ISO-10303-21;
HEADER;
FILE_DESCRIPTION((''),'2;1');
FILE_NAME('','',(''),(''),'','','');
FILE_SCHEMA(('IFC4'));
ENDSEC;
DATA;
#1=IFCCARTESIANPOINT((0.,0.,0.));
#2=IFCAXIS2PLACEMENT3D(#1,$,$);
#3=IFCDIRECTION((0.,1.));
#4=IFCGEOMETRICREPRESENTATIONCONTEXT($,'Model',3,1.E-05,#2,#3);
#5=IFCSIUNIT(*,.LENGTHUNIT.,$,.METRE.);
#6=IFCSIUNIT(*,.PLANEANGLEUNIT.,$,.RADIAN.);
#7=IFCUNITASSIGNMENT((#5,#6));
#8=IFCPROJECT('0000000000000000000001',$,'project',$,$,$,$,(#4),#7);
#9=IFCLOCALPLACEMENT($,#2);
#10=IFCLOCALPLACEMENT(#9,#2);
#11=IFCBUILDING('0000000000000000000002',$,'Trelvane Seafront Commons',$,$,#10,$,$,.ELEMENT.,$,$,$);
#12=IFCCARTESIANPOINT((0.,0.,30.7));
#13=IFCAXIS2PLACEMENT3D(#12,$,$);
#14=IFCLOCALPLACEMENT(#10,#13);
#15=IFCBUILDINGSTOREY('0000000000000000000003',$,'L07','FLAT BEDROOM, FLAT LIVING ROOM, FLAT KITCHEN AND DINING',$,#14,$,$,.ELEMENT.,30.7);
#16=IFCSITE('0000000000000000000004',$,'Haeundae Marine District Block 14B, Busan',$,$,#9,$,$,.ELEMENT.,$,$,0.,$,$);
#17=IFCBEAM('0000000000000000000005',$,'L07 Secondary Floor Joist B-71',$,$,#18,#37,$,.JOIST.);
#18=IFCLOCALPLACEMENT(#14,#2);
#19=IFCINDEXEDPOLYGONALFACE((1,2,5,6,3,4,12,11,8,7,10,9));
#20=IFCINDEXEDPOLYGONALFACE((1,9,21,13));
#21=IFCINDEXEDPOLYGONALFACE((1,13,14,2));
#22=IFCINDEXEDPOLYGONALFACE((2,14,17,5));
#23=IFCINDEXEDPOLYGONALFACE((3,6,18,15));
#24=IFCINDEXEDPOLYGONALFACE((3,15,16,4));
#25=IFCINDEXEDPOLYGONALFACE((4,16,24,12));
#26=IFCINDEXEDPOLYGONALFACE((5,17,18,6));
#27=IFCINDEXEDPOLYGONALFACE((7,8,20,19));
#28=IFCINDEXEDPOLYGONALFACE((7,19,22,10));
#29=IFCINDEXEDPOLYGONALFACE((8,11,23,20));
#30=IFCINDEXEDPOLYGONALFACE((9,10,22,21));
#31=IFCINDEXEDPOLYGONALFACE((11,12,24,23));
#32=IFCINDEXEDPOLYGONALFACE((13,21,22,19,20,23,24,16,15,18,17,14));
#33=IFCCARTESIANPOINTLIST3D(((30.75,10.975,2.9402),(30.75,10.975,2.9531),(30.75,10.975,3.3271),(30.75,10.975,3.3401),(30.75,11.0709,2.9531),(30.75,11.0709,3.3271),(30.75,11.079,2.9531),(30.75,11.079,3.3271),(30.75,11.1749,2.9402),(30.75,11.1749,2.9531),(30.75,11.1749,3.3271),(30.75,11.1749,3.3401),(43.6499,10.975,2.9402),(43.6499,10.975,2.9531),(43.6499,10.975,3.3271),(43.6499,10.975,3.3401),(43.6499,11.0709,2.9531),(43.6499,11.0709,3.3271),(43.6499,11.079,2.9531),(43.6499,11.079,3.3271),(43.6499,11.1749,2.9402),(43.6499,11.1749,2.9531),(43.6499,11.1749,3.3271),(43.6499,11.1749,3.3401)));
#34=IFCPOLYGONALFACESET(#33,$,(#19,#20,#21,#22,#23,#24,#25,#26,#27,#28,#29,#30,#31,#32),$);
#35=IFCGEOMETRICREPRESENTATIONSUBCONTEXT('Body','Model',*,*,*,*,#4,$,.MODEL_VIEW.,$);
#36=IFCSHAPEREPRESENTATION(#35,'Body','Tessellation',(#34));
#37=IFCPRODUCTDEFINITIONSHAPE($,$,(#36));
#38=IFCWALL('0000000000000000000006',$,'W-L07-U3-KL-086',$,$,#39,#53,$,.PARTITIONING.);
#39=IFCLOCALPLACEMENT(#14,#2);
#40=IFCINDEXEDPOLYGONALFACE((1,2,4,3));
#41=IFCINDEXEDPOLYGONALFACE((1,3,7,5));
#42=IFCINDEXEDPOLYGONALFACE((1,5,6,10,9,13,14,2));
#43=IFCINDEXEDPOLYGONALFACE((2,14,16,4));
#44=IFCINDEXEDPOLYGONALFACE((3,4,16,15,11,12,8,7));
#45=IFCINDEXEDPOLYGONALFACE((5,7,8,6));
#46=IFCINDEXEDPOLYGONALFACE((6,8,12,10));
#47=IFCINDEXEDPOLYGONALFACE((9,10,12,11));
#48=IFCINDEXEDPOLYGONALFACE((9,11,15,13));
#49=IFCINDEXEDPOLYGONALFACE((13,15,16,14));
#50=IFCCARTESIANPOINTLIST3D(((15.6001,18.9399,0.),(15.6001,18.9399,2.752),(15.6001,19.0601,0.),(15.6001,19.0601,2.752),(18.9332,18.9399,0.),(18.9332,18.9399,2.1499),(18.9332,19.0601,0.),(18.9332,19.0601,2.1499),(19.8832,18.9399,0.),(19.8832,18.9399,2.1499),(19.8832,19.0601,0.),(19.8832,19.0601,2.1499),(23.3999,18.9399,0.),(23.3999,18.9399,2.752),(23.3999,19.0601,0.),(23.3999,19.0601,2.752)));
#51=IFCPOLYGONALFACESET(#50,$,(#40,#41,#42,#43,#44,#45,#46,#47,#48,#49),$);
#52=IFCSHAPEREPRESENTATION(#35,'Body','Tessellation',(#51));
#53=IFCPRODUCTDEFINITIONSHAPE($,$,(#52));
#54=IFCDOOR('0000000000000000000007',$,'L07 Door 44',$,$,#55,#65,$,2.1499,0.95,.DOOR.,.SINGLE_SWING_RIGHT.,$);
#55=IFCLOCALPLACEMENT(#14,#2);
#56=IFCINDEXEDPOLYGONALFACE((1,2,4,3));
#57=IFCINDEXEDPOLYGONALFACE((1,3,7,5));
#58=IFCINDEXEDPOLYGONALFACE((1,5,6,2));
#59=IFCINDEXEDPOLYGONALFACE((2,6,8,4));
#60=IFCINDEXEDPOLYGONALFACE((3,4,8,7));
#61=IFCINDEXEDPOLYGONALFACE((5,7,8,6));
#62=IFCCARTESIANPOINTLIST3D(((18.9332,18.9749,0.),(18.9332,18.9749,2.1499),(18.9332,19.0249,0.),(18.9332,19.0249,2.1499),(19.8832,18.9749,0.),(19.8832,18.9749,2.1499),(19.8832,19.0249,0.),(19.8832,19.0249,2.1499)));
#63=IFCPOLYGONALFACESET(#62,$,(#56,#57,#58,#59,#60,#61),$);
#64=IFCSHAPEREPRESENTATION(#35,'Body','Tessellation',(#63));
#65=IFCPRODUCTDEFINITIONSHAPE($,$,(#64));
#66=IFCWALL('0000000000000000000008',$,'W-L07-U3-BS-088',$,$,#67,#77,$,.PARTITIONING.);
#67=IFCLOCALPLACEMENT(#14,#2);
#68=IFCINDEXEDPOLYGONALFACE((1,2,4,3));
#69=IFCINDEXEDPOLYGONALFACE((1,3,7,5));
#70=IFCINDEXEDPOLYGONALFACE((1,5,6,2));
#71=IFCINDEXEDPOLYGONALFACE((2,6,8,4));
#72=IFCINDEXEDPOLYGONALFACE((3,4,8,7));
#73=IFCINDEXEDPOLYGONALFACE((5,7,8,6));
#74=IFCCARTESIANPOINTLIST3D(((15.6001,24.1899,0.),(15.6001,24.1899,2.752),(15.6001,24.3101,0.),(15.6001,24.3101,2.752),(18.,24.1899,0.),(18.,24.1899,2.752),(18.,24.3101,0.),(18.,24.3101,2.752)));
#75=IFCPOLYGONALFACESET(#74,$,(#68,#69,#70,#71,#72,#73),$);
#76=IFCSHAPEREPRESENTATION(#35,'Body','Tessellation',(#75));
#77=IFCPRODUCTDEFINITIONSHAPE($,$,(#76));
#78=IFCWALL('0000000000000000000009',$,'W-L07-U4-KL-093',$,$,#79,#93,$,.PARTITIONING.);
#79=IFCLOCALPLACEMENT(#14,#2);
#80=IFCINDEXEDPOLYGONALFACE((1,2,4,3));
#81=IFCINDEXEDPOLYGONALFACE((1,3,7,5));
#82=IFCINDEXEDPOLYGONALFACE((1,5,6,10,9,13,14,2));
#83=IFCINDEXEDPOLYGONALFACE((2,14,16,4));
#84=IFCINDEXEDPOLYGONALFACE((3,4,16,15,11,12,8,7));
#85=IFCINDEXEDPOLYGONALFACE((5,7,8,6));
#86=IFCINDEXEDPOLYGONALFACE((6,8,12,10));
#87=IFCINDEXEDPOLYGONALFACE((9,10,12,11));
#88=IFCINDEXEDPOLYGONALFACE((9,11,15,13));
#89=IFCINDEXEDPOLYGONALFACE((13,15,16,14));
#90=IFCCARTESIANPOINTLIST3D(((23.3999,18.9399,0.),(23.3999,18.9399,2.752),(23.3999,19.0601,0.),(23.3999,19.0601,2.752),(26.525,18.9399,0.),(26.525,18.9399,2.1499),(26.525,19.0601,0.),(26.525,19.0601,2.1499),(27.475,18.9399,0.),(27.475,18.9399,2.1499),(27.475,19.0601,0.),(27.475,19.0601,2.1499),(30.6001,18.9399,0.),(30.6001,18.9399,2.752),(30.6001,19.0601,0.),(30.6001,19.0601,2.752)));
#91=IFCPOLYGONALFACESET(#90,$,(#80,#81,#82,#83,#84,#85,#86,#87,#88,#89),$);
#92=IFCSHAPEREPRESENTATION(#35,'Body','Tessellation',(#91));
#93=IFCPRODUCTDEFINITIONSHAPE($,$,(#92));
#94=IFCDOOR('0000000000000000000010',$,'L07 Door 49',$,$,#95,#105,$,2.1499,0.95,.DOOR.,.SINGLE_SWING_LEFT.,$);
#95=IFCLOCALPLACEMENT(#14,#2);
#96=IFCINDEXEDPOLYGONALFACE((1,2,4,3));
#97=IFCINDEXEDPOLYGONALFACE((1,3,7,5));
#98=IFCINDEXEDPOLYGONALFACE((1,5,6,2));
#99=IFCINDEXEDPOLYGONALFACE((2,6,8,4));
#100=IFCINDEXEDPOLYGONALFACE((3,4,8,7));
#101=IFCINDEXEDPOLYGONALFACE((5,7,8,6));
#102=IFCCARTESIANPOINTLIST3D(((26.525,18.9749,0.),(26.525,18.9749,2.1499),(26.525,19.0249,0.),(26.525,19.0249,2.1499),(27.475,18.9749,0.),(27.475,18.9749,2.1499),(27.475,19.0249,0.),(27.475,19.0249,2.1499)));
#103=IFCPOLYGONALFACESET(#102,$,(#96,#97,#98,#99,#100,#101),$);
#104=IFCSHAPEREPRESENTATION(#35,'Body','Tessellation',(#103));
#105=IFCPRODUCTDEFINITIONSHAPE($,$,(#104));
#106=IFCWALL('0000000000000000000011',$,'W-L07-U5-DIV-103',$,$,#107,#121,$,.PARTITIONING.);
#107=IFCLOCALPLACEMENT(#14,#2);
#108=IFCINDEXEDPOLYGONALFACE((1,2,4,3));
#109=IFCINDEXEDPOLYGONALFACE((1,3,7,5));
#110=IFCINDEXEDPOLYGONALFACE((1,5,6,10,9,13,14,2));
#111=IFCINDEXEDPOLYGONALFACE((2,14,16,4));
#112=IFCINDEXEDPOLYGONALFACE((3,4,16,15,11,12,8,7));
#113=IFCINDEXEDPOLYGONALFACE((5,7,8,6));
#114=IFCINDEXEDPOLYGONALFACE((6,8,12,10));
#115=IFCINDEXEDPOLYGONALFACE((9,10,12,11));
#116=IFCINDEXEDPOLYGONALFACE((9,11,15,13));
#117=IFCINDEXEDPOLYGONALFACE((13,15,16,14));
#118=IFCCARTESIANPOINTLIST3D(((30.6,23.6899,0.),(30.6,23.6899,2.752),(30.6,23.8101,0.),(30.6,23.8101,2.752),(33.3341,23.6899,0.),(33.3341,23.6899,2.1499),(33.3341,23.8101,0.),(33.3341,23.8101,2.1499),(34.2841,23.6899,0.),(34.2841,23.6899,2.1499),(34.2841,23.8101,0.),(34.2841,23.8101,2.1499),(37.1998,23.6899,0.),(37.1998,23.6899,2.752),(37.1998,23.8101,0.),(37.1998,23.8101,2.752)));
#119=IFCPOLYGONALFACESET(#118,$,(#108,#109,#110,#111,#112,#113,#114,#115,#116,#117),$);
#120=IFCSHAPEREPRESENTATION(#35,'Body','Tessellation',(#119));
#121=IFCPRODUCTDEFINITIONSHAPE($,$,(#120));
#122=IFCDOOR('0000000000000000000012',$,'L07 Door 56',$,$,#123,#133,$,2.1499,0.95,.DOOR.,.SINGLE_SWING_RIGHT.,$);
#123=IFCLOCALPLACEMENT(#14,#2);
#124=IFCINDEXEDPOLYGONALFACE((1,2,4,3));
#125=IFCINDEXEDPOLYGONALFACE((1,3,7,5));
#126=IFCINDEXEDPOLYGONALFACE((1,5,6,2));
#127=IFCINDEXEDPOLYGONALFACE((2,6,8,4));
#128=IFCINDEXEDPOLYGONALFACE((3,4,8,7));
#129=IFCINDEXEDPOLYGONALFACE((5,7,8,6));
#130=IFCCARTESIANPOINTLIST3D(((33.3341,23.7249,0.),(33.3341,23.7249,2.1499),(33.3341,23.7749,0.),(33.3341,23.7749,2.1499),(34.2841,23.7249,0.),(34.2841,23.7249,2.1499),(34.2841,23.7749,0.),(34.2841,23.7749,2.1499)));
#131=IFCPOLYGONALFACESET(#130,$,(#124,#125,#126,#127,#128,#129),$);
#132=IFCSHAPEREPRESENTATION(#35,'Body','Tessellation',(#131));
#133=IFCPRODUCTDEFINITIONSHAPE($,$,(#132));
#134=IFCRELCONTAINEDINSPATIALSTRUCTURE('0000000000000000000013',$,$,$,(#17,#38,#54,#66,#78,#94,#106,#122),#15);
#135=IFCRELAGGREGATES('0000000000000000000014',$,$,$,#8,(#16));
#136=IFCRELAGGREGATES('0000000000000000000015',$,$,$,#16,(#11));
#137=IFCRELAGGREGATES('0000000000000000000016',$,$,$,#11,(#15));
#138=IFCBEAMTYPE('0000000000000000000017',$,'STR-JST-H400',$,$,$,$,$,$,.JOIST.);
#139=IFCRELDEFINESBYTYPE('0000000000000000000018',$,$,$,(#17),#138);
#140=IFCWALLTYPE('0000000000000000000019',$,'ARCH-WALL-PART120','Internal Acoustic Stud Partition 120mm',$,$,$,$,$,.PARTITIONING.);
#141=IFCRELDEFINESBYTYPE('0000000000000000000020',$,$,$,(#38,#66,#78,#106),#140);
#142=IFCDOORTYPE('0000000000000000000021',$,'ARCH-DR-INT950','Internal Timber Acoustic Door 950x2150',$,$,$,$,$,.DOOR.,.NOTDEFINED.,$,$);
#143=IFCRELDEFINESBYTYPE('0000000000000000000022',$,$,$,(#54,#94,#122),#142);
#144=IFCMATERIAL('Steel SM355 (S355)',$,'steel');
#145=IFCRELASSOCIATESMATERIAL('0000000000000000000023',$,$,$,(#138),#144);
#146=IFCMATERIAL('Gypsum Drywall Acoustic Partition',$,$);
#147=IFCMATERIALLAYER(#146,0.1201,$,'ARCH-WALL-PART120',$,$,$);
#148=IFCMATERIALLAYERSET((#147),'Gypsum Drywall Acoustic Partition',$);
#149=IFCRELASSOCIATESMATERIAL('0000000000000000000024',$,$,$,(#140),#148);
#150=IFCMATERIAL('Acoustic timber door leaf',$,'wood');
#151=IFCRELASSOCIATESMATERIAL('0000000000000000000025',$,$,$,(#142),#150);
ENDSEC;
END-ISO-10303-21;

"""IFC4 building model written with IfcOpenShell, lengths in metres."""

from ifc_helpers import new_model, si_unit, direction, frame, frame_2d, origin, origin_2d, place, context, subcontext, project, spatial, rectangle, i_section, extrude, source, transform, mapped, material, layer, layer_set, material_profile, profile_set, type_object, element, fill, save


model = new_model("IFC4")

# Units and contexts
model_context = context("Model", 3, precision=1e-05, world=origin(), true_north=direction((0.0, 1.0)))
body_context = subcontext(model_context, "Body", "Model", "MODEL_VIEW")
ifc_project = project(units=[si_unit("LENGTHUNIT", "METRE"), si_unit("PLANEANGLEUNIT", "RADIAN")], contexts=[model_context])

# Site, building, storey
site_placement = place(None, origin())
site = spatial("IfcSite", under=ifc_project, at=site_placement, Name="Haeundae Marine District Block 14B, Busan", CompositionType="ELEMENT", RefElevation=0.0)
building_placement = place(site_placement, origin())
building = spatial("IfcBuilding", under=site, at=building_placement, Name="Trelvane Seafront Commons", CompositionType="ELEMENT")
storey_placement = place(building_placement, frame((0.0, 0.0, 30.7)))
storey = spatial("IfcBuildingStorey", under=building, at=storey_placement, Name="L07", Description="FLAT BEDROOM, FLAT LIVING ROOM, FLAT KITCHEN AND DINING", CompositionType="ELEMENT", Elevation=30.7)

# Shared definitions
ifc_material_1 = material(Name="Steel SM355 (S355)", Category="steel")

# Beam
ifc_material_profile_1 = material_profile(ifc_material_1, i_section(OverallWidth=0.2, OverallDepth=0.3999, WebThickness=0.0081, FlangeThickness=0.0129, at=origin_2d()), Name="H-400x200x8x13")
ifc_profile_set_1 = profile_set([ifc_material_profile_1], Name="Steel SM355 (S355)")
beam_type_1 = type_object("IfcBeamType", Name="STR-JST-H400", PredefinedType="JOIST", material=ifc_profile_set_1)
shared_shape_1 = source(origin(), body_context, "Body", "SweptSolid", [
    extrude(i_section(OverallWidth=0.2, OverallDepth=0.3999, WebThickness=0.0081, FlangeThickness=0.0129, at=origin_2d()), origin(), (0.0, 0.0, 1.0), 12.8999),
])
beam_1_placement = place(storey_placement, frame((30.75, 11.075, 3.1401), z_axis=(1.0, 0.0, 0.0), x_axis=(0.0, 1.0, 0.0)))
element("IfcBeam", 1, at=beam_1_placement, inside=storey, type_object=beam_type_1, Name="L07 Secondary Floor Joist B-71", PredefinedType="JOIST", context=body_context, shape_type="MappedRepresentation", body=[
    mapped(shared_shape_1, transform((0.0, 0.0, 0.0), x_axis=(1.0, 0.0, 0.0), y_axis=(0.0, 1.0, 0.0), z_axis=(0.0, 0.0, 1.0), scale=1.0)),
])

# Wall, opening, door
ifc_material_2 = material(Name="Gypsum Drywall Acoustic Partition")
ifc_layer = layer(ifc_material_2, 0.1201, Name="ARCH-WALL-PART120")
ifc_layer_set = layer_set([ifc_layer], Name="Gypsum Drywall Acoustic Partition")
wall_type = type_object("IfcWallType", Name="ARCH-WALL-PART120", Description="Internal Acoustic Stud Partition 120mm", PredefinedType="PARTITIONING", material=ifc_layer_set)
wall_1_placement = place(storey_placement, frame((15.6001, 19.0, 0.0), z_axis=(0.0, 0.0, 1.0), x_axis=(1.0, 0.0, 0.0)))
wall_1 = element("IfcWall", 2, at=wall_1_placement, inside=storey, type_object=wall_type, Name="W-L07-U3-KL-086", PredefinedType="PARTITIONING", context=body_context, shape_type="SweptSolid", body=[
    extrude(rectangle(XDim=7.7998, YDim=0.1201, at=frame_2d((3.8999, 0.0))), origin(), (0.0, 0.0, 1.0), 2.752),
])
opening_1_placement = place(wall_1_placement, frame((3.333, 0.0, 0.0)))
opening_1 = element("IfcOpeningElement", 3, at=opening_1_placement, cuts=wall_1, PredefinedType="OPENING", context=body_context, shape_type="SweptSolid", body=[
    extrude(rectangle(XDim=0.95, YDim=2.1499, at=frame_2d((0.4751, 1.075))), frame((0.0, 0.0701, 0.0), z_axis=(0.0, -1.0, 0.0), x_axis=(1.0, 0.0, 0.0)), (0.0, 0.0, 1.0), 0.1401),
])
ifc_material_3 = material(Name="Acoustic timber door leaf", Category="wood")
door_type = type_object("IfcDoorType", Name="ARCH-DR-INT950", Description="Internal Timber Acoustic Door 950x2150", OperationType="NOTDEFINED", PredefinedType="DOOR", material=ifc_material_3)
shared_shape_2 = source(origin(), body_context, "Body", "SweptSolid", [
    extrude(rectangle(XDim=0.95, YDim=2.1499, at=frame_2d((0.4751, 1.075))), frame((0.0, 0.0249, 0.0), z_axis=(0.0, -1.0, 0.0), x_axis=(1.0, 0.0, 0.0)), (0.0, 0.0, 1.0), 0.05),
])
door_1_placement = place(opening_1_placement, origin())
door_1 = element("IfcDoor", 4, at=door_1_placement, inside=storey, type_object=door_type, Name="L07 Door 44", OperationType="SINGLE_SWING_RIGHT", OverallHeight=2.1499, OverallWidth=0.95, PredefinedType="DOOR", context=body_context, shape_type="MappedRepresentation", body=[
    mapped(shared_shape_2, transform((0.0, 0.0, 0.0), x_axis=(1.0, 0.0, 0.0), y_axis=(0.0, 1.0, 0.0), z_axis=(0.0, 0.0, 1.0), scale=1.0)),
])
fill(opening_1, door_1)

# Wall
wall_2_placement = place(storey_placement, frame((15.6001, 24.25, 0.0), z_axis=(0.0, 0.0, 1.0), x_axis=(1.0, 0.0, 0.0)))
element("IfcWall", 5, at=wall_2_placement, inside=storey, type_object=wall_type, Name="W-L07-U3-BS-088", PredefinedType="PARTITIONING", context=body_context, shape_type="SweptSolid", body=[
    extrude(rectangle(XDim=2.3999, YDim=0.1201, at=frame_2d((1.2, 0.0))), origin(), (0.0, 0.0, 1.0), 2.752),
])

# Walls, openings, doors
wall_3_placement = place(storey_placement, frame((23.3999, 19.0, 0.0), z_axis=(0.0, 0.0, 1.0), x_axis=(1.0, 0.0, 0.0)))
wall_3 = element("IfcWall", 6, at=wall_3_placement, inside=storey, type_object=wall_type, Name="W-L07-U4-KL-093", PredefinedType="PARTITIONING", context=body_context, shape_type="SweptSolid", body=[
    extrude(rectangle(XDim=7.2002, YDim=0.1201, at=frame_2d((3.6001, 0.0))), origin(), (0.0, 0.0, 1.0), 2.752),
])
opening_2_placement = place(wall_3_placement, frame((3.125, 0.0, 0.0)))
opening_2 = element("IfcOpeningElement", 7, at=opening_2_placement, cuts=wall_3, PredefinedType="OPENING", context=body_context, shape_type="SweptSolid", body=[
    extrude(rectangle(XDim=0.95, YDim=2.1499, at=frame_2d((0.4751, 1.075))), frame((0.0, 0.0701, 0.0), z_axis=(0.0, -1.0, 0.0), x_axis=(1.0, 0.0, 0.0)), (0.0, 0.0, 1.0), 0.1401),
])
door_2_placement = place(opening_2_placement, origin())
door_2 = element("IfcDoor", 8, at=door_2_placement, inside=storey, type_object=door_type, Name="L07 Door 49", OperationType="SINGLE_SWING_LEFT", OverallHeight=2.1499, OverallWidth=0.95, PredefinedType="DOOR", context=body_context, shape_type="MappedRepresentation", body=[
    mapped(shared_shape_2, transform((0.0, 0.0, 0.0), x_axis=(1.0, 0.0, 0.0), y_axis=(0.0, 1.0, 0.0), z_axis=(0.0, 0.0, 1.0), scale=1.0)),
])
fill(opening_2, door_2)
wall_4_placement = place(storey_placement, frame((30.6001, 23.75, 0.0), z_axis=(0.0, 0.0, 1.0), x_axis=(1.0, 0.0, 0.0)))
wall_4 = element("IfcWall", 9, at=wall_4_placement, inside=storey, type_object=wall_type, Name="W-L07-U5-DIV-103", PredefinedType="PARTITIONING", context=body_context, shape_type="SweptSolid", body=[
    extrude(rectangle(XDim=6.5999, YDim=0.1201, at=frame_2d((3.2998, 0.0))), origin(), (0.0, 0.0, 1.0), 2.752),
])
opening_3_placement = place(wall_4_placement, frame((2.7339, 0.0, 0.0)))
opening_3 = element("IfcOpeningElement", 10, at=opening_3_placement, cuts=wall_4, PredefinedType="OPENING", context=body_context, shape_type="SweptSolid", body=[
    extrude(rectangle(XDim=0.95, YDim=2.1499, at=frame_2d((0.4751, 1.075))), frame((0.0, 0.0701, 0.0), z_axis=(0.0, -1.0, 0.0), x_axis=(1.0, 0.0, 0.0)), (0.0, 0.0, 1.0), 0.1401),
])
door_3_placement = place(opening_3_placement, origin())
door_3 = element("IfcDoor", 11, at=door_3_placement, inside=storey, type_object=door_type, Name="L07 Door 56", OperationType="SINGLE_SWING_RIGHT", OverallHeight=2.1499, OverallWidth=0.95, PredefinedType="DOOR", context=body_context, shape_type="MappedRepresentation", body=[
    mapped(shared_shape_2, transform((0.0, 0.0, 0.0), x_axis=(1.0, 0.0, 0.0), y_axis=(0.0, 1.0, 0.0), z_axis=(0.0, 0.0, 1.0), scale=1.0)),
])
fill(opening_3, door_3)

save(model, "model.ifc")
